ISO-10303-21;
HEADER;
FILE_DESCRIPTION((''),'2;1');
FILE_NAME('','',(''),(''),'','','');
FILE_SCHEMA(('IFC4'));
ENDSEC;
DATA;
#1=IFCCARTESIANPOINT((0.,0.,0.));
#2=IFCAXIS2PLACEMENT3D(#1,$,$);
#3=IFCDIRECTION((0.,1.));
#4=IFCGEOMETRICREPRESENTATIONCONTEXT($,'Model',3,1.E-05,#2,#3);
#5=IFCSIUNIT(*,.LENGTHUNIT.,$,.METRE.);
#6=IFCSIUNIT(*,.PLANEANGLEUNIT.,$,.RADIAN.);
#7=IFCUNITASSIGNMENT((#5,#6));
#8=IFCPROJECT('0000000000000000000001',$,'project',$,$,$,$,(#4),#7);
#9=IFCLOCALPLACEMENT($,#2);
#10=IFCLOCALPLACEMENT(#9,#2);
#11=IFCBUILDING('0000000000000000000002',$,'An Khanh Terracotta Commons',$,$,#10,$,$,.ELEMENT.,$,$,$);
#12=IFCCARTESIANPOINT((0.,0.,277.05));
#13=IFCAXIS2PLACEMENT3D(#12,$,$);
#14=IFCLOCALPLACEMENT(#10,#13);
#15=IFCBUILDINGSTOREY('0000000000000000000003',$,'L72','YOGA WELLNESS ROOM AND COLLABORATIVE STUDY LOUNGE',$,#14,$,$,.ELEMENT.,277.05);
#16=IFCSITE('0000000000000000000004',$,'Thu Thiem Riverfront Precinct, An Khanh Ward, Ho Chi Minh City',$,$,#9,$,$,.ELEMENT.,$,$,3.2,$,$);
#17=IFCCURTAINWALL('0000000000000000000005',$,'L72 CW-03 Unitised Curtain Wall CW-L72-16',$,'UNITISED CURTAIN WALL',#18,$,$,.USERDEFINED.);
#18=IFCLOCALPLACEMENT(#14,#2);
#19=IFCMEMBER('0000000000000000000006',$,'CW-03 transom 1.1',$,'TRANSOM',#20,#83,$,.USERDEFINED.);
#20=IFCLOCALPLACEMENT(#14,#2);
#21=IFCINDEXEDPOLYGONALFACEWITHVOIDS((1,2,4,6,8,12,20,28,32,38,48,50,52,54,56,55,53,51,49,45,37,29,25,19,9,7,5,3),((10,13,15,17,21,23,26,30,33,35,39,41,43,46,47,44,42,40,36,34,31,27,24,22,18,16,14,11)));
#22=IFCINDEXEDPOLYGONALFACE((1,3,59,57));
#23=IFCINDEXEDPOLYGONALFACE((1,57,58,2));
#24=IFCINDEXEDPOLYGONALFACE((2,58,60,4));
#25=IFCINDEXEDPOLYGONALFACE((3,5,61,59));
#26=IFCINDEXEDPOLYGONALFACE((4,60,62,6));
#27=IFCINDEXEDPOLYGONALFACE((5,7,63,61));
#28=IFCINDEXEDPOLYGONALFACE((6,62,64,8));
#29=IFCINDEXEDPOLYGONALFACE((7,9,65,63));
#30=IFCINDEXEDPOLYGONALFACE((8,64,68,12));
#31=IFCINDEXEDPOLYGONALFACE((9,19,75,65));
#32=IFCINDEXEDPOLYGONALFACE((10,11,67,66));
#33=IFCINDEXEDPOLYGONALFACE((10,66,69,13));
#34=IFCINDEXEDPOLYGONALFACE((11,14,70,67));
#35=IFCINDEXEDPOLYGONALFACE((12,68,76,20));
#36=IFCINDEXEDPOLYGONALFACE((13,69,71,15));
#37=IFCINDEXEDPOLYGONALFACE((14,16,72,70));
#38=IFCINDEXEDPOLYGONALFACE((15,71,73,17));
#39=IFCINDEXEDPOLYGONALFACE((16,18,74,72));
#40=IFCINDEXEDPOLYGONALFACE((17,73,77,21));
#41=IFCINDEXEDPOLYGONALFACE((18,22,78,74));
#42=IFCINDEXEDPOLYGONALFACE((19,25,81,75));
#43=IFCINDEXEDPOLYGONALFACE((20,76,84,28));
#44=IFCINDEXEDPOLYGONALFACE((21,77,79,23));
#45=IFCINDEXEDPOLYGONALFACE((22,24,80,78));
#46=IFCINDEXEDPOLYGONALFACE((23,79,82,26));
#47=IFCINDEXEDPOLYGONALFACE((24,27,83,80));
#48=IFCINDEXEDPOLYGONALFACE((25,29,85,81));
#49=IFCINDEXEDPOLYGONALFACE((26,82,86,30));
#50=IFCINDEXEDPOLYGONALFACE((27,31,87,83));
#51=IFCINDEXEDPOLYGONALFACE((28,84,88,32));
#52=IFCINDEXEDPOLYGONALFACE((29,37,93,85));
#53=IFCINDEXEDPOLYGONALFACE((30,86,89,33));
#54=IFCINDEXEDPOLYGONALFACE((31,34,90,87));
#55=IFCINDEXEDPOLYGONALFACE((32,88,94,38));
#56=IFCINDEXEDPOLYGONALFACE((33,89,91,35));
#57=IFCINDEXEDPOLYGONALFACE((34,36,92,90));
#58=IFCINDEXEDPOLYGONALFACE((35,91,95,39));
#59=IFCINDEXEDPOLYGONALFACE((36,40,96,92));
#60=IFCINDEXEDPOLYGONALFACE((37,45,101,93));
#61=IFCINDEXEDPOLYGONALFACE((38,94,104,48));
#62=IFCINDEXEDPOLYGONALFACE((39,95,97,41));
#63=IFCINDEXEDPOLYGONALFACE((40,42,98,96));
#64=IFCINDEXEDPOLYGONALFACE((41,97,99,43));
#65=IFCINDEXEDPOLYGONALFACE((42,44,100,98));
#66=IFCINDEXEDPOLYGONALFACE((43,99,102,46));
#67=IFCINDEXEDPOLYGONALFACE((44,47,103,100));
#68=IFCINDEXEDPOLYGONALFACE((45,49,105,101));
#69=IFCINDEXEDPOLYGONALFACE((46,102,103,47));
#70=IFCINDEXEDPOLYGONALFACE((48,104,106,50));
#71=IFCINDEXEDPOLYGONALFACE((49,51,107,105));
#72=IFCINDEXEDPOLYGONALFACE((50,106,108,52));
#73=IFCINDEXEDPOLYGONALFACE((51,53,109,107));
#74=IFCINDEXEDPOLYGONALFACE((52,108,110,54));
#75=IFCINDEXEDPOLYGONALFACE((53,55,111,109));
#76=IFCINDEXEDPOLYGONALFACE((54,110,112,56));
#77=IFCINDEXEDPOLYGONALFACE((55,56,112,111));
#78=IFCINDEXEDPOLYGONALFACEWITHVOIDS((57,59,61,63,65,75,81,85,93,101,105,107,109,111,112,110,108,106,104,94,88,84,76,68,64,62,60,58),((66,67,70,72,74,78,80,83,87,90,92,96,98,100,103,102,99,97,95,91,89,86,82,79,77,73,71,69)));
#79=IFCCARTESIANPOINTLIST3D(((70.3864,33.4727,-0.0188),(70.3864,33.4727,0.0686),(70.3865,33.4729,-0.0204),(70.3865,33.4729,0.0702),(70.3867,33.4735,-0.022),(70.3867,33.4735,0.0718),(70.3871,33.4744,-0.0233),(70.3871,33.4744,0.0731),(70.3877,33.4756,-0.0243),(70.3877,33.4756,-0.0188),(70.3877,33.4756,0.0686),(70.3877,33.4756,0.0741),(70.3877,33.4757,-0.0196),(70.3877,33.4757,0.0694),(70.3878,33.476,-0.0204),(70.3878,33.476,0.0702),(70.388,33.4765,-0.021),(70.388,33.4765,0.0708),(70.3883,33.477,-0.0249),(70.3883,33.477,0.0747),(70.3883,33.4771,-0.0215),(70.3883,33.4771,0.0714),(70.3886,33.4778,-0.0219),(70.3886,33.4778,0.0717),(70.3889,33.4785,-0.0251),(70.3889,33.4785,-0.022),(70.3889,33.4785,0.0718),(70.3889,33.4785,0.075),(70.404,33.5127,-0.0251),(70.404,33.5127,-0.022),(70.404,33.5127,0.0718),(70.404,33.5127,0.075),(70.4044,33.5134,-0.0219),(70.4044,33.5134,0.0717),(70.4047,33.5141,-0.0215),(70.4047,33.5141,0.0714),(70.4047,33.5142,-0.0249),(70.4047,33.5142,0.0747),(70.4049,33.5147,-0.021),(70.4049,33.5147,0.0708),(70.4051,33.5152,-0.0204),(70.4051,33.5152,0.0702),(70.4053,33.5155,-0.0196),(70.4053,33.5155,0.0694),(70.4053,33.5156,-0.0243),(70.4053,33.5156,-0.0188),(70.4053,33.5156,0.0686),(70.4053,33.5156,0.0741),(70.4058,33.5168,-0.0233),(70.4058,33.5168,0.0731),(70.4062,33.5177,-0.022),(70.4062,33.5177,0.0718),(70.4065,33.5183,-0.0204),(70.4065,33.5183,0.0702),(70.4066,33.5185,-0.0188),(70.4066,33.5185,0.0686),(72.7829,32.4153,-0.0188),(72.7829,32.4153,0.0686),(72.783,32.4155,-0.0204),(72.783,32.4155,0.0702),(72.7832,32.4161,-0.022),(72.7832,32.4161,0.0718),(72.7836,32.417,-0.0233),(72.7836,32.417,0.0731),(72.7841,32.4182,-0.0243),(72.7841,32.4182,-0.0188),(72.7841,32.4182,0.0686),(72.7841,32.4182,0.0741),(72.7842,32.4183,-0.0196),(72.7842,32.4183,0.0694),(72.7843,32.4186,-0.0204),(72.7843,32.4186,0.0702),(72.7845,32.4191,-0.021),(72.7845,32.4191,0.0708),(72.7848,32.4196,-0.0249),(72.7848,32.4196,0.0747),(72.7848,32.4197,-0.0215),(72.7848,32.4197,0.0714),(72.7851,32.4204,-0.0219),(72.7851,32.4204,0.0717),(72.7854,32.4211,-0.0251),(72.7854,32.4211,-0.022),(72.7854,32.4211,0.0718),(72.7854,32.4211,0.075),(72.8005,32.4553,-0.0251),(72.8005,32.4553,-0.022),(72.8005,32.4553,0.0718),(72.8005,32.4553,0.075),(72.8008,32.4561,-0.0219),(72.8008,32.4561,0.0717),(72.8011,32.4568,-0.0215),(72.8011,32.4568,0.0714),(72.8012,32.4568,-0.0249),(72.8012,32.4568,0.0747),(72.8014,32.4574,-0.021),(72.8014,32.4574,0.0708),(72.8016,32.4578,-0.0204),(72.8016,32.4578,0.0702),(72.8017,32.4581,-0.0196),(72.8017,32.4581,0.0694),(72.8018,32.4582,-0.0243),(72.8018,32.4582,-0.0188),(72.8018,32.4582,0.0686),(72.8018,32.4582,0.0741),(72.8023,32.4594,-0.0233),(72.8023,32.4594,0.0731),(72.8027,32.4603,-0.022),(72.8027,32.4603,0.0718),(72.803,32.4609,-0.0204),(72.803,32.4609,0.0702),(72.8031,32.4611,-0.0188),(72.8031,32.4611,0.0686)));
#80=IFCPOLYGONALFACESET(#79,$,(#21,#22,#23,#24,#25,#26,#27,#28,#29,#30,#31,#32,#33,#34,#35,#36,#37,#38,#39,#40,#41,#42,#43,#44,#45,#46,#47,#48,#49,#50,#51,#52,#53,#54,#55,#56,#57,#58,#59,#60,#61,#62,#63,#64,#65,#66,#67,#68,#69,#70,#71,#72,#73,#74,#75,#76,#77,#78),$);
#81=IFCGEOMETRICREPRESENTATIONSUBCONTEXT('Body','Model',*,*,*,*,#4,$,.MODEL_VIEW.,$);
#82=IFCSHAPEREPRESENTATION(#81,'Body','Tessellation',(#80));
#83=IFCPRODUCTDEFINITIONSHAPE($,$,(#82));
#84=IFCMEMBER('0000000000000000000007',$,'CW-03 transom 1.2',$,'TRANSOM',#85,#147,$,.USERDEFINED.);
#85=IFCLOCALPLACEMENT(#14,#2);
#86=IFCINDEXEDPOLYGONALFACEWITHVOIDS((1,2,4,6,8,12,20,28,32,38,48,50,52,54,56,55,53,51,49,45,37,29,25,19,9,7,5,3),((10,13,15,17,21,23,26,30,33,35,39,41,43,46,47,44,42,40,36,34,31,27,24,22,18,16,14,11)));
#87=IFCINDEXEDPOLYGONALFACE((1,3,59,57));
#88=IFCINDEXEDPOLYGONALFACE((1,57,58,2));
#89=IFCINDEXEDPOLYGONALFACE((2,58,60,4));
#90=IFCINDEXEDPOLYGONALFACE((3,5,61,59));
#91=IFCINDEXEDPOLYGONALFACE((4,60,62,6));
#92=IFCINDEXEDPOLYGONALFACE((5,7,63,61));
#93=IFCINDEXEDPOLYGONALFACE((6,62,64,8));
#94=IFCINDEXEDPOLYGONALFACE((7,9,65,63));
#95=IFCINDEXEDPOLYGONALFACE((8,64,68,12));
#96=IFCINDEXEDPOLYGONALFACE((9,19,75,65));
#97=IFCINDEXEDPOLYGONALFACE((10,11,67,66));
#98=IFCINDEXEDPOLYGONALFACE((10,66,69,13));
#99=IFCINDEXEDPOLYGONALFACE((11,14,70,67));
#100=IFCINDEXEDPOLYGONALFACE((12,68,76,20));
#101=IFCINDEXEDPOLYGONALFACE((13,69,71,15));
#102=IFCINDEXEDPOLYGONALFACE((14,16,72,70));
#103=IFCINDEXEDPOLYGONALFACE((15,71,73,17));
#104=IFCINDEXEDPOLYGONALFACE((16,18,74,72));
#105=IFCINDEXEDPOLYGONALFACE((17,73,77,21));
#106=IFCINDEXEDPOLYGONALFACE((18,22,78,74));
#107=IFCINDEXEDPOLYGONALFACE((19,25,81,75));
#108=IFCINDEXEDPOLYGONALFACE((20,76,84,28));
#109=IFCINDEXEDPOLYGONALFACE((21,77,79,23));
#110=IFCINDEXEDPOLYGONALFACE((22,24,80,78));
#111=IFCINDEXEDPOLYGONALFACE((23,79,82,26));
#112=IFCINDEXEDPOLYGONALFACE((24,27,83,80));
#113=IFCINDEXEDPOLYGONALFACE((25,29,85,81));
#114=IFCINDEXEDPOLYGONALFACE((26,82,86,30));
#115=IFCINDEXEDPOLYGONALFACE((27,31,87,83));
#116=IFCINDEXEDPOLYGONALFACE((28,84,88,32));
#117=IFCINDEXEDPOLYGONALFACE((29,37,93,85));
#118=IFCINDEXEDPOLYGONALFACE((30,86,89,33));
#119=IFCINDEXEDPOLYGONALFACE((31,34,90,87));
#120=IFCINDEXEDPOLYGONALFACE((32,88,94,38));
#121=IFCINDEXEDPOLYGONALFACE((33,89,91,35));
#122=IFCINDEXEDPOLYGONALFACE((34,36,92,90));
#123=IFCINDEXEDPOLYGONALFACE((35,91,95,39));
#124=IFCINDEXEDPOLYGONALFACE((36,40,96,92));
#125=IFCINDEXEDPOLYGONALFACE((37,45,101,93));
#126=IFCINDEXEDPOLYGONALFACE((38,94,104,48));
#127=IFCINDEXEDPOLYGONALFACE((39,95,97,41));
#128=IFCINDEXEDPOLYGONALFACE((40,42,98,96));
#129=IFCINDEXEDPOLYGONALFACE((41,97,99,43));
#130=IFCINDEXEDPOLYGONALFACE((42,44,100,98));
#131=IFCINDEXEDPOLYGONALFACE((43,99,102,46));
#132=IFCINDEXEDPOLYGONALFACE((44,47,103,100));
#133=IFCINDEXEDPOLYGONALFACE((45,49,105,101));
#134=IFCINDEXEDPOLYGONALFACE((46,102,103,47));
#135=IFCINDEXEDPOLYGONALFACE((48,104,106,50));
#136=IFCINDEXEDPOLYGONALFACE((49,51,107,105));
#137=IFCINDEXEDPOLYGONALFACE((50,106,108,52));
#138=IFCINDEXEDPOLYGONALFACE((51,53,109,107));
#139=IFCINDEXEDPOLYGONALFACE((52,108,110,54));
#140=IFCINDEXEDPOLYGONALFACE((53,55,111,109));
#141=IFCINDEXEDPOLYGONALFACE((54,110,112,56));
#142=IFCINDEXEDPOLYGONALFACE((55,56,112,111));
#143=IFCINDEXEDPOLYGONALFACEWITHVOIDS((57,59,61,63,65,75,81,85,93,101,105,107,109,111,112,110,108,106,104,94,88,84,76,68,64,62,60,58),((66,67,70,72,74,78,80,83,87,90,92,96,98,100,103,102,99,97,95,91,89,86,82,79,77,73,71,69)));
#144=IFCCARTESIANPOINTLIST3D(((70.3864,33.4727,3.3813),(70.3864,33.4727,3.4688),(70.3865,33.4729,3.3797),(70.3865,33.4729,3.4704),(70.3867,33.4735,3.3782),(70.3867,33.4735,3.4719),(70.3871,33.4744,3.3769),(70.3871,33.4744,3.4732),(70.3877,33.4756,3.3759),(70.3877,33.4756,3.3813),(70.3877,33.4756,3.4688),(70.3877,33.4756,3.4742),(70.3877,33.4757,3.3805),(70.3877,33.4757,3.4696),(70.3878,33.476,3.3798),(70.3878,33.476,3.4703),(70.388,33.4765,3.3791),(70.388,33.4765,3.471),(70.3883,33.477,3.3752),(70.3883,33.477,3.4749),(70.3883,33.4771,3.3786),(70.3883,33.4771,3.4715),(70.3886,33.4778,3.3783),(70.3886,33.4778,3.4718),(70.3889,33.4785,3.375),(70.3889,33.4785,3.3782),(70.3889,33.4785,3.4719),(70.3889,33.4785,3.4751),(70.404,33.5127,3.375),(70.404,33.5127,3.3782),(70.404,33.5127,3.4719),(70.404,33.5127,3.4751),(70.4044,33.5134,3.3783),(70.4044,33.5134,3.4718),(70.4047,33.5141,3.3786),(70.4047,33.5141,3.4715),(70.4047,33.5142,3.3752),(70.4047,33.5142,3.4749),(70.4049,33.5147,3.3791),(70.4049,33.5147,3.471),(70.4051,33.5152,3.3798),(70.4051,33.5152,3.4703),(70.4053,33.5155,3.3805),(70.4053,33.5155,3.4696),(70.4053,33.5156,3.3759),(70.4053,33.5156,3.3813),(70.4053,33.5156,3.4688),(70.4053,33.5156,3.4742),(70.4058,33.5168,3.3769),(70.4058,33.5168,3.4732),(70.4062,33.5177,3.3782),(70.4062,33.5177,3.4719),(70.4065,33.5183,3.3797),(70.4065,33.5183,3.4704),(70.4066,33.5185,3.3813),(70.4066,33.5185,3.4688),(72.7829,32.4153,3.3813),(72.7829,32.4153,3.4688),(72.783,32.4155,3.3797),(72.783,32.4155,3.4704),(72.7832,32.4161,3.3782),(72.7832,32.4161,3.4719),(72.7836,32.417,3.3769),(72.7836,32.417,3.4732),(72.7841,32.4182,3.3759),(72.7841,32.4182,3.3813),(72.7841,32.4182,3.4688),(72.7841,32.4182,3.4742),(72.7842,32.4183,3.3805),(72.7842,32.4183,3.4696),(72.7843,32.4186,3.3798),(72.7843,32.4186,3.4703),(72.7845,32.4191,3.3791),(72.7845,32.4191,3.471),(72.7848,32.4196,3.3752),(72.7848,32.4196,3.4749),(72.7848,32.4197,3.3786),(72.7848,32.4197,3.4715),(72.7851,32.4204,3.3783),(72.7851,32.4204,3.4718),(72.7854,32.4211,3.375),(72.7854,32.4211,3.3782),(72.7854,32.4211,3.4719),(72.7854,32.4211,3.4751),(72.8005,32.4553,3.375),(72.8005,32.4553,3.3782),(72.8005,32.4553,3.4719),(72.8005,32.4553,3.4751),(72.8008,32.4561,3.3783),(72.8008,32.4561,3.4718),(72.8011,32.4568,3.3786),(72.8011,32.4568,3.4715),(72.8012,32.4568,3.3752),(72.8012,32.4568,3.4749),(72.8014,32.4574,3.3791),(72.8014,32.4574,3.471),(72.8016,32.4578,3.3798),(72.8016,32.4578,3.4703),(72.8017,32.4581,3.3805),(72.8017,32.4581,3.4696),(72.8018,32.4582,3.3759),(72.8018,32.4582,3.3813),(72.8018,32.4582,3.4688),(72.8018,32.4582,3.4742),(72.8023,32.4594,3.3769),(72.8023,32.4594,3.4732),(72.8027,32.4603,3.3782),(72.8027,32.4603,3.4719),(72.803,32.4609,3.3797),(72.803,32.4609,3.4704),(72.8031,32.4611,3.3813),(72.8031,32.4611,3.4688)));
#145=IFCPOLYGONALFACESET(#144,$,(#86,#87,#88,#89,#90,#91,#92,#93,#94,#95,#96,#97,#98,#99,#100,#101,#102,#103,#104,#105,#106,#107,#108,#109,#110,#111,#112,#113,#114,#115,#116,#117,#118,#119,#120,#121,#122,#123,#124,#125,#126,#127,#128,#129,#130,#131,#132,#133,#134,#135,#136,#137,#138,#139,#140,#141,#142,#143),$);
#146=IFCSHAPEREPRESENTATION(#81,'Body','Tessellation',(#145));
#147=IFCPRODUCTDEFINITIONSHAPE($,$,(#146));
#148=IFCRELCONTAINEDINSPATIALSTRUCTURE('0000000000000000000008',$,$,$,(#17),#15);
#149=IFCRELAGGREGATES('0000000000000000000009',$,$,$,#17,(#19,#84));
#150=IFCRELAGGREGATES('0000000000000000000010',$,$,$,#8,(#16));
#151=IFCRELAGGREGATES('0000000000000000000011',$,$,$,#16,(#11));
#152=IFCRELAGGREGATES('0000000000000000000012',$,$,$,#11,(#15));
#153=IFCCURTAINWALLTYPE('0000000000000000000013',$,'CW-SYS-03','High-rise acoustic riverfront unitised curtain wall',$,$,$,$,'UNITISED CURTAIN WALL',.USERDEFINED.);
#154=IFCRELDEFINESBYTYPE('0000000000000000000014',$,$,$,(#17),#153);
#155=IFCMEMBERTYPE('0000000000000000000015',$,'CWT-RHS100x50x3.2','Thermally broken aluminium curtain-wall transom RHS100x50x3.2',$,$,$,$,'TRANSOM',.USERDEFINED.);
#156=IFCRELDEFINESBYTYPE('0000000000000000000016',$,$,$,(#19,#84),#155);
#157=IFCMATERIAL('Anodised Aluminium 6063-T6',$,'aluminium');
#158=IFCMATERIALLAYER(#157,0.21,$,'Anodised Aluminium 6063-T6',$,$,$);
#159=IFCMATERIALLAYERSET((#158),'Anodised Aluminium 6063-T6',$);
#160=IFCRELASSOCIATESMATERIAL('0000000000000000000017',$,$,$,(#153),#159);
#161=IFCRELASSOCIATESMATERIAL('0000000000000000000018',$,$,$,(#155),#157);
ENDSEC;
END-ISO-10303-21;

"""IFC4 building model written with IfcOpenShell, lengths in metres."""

from ifc_helpers import new_model, si_unit, direction, frame, origin, origin_2d, place, context, subcontext, project, spatial, hollow_rectangle, extrude, material, layer, layer_set, material_profile, profile_set, type_object, element, aggregate, save


model = new_model("IFC4")

# Units and contexts
model_context = context("Model", 3, precision=1e-05, world=origin(), true_north=direction((0.0, 1.0)))
body_context = subcontext(model_context, "Body", "Model", "MODEL_VIEW")
ifc_project = project(units=[si_unit("LENGTHUNIT", "METRE"), si_unit("PLANEANGLEUNIT", "RADIAN")], contexts=[model_context])

# Site, building, storey
site_placement = place(None, origin())
site = spatial("IfcSite", under=ifc_project, at=site_placement, Name="Thu Thiem Riverfront Precinct, An Khanh Ward, Ho Chi Minh City", CompositionType="ELEMENT", RefElevation=3.2)
building_placement = place(site_placement, origin())
building = spatial("IfcBuilding", under=site, at=building_placement, Name="An Khanh Terracotta Commons", CompositionType="ELEMENT")
storey_placement = place(building_placement, frame((0.0, 0.0, 277.05)))
storey = spatial("IfcBuildingStorey", under=building, at=storey_placement, Name="L72", Description="YOGA WELLNESS ROOM AND COLLABORATIVE STUDY LOUNGE", CompositionType="ELEMENT", Elevation=277.05)

# Curtain wall, members
ifc_material_1 = material(Name="Anodised Aluminium 6063-T6", Category="aluminium")
ifc_layer_1 = layer(ifc_material_1, 0.21, Name="Anodised Aluminium 6063-T6")
ifc_layer_set_1 = layer_set([ifc_layer_1], Name="Anodised Aluminium 6063-T6")
curtain_wall_type_1 = type_object("IfcCurtainWallType", Name="CW-SYS-03", Description="High-rise acoustic riverfront unitised curtain wall", ElementType="UNITISED CURTAIN WALL", PredefinedType="USERDEFINED", material=ifc_layer_set_1)
curtain_wall_1_placement = place(storey_placement, origin())
curtain_wall_1 = element("IfcCurtainWall", 1, at=curtain_wall_1_placement, inside=storey, type_object=curtain_wall_type_1, Name="L72 CW-03 Unitised Curtain Wall CW-L72-16", ObjectType="UNITISED CURTAIN WALL", PredefinedType="USERDEFINED")
ifc_material_profile_1 = material_profile(ifc_material_1, hollow_rectangle(XDim=0.05, YDim=0.1001, WallThickness=0.0032, InnerFilletRadius=0.0032, OuterFilletRadius=0.0063, at=origin_2d()), Name="RHS100x50x3.2")
ifc_profile_set_1 = profile_set([ifc_material_profile_1], Name="Anodised Aluminium 6063-T6")
member_type_1 = type_object("IfcMemberType", Name="CWT-RHS100x50x3.2", Description="Thermally broken aluminium curtain-wall transom RHS100x50x3.2", ElementType="TRANSOM", PredefinedType="USERDEFINED", material=ifc_profile_set_1)
member_1_placement = place(storey_placement, frame((72.793, 32.4382, 0.0249), z_axis=(-0.914904, 0.403672, 0.0), x_axis=(-0.403672, -0.914904, 0.0)))
member_1 = element("IfcMember", 2, at=member_1_placement, type_object=member_type_1, Name="CW-03 transom 1.1", ObjectType="TRANSOM", PredefinedType="USERDEFINED", context=body_context, shape_type="SweptSolid", body=[
    extrude(hollow_rectangle(XDim=0.05, YDim=0.1001, WallThickness=0.0032, InnerFilletRadius=0.0032, OuterFilletRadius=0.0063, at=origin_2d()), origin(), (0.0, 0.0, 1.0), 2.6194),
])
member_2_placement = place(storey_placement, frame((72.793, 32.4382, 3.425), z_axis=(-0.914904, 0.403672, 0.0), x_axis=(-0.403672, -0.914904, 0.0)))
member_2 = element("IfcMember", 3, at=member_2_placement, type_object=member_type_1, Name="CW-03 transom 1.2", ObjectType="TRANSOM", PredefinedType="USERDEFINED", context=body_context, shape_type="SweptSolid", body=[
    extrude(hollow_rectangle(XDim=0.05, YDim=0.1001, WallThickness=0.0032, InnerFilletRadius=0.0032, OuterFilletRadius=0.0063, at=origin_2d()), origin(), (0.0, 0.0, 1.0), 2.6194),
])

aggregate(curtain_wall_1, [member_1, member_2])

save(model, "model.ifc")
